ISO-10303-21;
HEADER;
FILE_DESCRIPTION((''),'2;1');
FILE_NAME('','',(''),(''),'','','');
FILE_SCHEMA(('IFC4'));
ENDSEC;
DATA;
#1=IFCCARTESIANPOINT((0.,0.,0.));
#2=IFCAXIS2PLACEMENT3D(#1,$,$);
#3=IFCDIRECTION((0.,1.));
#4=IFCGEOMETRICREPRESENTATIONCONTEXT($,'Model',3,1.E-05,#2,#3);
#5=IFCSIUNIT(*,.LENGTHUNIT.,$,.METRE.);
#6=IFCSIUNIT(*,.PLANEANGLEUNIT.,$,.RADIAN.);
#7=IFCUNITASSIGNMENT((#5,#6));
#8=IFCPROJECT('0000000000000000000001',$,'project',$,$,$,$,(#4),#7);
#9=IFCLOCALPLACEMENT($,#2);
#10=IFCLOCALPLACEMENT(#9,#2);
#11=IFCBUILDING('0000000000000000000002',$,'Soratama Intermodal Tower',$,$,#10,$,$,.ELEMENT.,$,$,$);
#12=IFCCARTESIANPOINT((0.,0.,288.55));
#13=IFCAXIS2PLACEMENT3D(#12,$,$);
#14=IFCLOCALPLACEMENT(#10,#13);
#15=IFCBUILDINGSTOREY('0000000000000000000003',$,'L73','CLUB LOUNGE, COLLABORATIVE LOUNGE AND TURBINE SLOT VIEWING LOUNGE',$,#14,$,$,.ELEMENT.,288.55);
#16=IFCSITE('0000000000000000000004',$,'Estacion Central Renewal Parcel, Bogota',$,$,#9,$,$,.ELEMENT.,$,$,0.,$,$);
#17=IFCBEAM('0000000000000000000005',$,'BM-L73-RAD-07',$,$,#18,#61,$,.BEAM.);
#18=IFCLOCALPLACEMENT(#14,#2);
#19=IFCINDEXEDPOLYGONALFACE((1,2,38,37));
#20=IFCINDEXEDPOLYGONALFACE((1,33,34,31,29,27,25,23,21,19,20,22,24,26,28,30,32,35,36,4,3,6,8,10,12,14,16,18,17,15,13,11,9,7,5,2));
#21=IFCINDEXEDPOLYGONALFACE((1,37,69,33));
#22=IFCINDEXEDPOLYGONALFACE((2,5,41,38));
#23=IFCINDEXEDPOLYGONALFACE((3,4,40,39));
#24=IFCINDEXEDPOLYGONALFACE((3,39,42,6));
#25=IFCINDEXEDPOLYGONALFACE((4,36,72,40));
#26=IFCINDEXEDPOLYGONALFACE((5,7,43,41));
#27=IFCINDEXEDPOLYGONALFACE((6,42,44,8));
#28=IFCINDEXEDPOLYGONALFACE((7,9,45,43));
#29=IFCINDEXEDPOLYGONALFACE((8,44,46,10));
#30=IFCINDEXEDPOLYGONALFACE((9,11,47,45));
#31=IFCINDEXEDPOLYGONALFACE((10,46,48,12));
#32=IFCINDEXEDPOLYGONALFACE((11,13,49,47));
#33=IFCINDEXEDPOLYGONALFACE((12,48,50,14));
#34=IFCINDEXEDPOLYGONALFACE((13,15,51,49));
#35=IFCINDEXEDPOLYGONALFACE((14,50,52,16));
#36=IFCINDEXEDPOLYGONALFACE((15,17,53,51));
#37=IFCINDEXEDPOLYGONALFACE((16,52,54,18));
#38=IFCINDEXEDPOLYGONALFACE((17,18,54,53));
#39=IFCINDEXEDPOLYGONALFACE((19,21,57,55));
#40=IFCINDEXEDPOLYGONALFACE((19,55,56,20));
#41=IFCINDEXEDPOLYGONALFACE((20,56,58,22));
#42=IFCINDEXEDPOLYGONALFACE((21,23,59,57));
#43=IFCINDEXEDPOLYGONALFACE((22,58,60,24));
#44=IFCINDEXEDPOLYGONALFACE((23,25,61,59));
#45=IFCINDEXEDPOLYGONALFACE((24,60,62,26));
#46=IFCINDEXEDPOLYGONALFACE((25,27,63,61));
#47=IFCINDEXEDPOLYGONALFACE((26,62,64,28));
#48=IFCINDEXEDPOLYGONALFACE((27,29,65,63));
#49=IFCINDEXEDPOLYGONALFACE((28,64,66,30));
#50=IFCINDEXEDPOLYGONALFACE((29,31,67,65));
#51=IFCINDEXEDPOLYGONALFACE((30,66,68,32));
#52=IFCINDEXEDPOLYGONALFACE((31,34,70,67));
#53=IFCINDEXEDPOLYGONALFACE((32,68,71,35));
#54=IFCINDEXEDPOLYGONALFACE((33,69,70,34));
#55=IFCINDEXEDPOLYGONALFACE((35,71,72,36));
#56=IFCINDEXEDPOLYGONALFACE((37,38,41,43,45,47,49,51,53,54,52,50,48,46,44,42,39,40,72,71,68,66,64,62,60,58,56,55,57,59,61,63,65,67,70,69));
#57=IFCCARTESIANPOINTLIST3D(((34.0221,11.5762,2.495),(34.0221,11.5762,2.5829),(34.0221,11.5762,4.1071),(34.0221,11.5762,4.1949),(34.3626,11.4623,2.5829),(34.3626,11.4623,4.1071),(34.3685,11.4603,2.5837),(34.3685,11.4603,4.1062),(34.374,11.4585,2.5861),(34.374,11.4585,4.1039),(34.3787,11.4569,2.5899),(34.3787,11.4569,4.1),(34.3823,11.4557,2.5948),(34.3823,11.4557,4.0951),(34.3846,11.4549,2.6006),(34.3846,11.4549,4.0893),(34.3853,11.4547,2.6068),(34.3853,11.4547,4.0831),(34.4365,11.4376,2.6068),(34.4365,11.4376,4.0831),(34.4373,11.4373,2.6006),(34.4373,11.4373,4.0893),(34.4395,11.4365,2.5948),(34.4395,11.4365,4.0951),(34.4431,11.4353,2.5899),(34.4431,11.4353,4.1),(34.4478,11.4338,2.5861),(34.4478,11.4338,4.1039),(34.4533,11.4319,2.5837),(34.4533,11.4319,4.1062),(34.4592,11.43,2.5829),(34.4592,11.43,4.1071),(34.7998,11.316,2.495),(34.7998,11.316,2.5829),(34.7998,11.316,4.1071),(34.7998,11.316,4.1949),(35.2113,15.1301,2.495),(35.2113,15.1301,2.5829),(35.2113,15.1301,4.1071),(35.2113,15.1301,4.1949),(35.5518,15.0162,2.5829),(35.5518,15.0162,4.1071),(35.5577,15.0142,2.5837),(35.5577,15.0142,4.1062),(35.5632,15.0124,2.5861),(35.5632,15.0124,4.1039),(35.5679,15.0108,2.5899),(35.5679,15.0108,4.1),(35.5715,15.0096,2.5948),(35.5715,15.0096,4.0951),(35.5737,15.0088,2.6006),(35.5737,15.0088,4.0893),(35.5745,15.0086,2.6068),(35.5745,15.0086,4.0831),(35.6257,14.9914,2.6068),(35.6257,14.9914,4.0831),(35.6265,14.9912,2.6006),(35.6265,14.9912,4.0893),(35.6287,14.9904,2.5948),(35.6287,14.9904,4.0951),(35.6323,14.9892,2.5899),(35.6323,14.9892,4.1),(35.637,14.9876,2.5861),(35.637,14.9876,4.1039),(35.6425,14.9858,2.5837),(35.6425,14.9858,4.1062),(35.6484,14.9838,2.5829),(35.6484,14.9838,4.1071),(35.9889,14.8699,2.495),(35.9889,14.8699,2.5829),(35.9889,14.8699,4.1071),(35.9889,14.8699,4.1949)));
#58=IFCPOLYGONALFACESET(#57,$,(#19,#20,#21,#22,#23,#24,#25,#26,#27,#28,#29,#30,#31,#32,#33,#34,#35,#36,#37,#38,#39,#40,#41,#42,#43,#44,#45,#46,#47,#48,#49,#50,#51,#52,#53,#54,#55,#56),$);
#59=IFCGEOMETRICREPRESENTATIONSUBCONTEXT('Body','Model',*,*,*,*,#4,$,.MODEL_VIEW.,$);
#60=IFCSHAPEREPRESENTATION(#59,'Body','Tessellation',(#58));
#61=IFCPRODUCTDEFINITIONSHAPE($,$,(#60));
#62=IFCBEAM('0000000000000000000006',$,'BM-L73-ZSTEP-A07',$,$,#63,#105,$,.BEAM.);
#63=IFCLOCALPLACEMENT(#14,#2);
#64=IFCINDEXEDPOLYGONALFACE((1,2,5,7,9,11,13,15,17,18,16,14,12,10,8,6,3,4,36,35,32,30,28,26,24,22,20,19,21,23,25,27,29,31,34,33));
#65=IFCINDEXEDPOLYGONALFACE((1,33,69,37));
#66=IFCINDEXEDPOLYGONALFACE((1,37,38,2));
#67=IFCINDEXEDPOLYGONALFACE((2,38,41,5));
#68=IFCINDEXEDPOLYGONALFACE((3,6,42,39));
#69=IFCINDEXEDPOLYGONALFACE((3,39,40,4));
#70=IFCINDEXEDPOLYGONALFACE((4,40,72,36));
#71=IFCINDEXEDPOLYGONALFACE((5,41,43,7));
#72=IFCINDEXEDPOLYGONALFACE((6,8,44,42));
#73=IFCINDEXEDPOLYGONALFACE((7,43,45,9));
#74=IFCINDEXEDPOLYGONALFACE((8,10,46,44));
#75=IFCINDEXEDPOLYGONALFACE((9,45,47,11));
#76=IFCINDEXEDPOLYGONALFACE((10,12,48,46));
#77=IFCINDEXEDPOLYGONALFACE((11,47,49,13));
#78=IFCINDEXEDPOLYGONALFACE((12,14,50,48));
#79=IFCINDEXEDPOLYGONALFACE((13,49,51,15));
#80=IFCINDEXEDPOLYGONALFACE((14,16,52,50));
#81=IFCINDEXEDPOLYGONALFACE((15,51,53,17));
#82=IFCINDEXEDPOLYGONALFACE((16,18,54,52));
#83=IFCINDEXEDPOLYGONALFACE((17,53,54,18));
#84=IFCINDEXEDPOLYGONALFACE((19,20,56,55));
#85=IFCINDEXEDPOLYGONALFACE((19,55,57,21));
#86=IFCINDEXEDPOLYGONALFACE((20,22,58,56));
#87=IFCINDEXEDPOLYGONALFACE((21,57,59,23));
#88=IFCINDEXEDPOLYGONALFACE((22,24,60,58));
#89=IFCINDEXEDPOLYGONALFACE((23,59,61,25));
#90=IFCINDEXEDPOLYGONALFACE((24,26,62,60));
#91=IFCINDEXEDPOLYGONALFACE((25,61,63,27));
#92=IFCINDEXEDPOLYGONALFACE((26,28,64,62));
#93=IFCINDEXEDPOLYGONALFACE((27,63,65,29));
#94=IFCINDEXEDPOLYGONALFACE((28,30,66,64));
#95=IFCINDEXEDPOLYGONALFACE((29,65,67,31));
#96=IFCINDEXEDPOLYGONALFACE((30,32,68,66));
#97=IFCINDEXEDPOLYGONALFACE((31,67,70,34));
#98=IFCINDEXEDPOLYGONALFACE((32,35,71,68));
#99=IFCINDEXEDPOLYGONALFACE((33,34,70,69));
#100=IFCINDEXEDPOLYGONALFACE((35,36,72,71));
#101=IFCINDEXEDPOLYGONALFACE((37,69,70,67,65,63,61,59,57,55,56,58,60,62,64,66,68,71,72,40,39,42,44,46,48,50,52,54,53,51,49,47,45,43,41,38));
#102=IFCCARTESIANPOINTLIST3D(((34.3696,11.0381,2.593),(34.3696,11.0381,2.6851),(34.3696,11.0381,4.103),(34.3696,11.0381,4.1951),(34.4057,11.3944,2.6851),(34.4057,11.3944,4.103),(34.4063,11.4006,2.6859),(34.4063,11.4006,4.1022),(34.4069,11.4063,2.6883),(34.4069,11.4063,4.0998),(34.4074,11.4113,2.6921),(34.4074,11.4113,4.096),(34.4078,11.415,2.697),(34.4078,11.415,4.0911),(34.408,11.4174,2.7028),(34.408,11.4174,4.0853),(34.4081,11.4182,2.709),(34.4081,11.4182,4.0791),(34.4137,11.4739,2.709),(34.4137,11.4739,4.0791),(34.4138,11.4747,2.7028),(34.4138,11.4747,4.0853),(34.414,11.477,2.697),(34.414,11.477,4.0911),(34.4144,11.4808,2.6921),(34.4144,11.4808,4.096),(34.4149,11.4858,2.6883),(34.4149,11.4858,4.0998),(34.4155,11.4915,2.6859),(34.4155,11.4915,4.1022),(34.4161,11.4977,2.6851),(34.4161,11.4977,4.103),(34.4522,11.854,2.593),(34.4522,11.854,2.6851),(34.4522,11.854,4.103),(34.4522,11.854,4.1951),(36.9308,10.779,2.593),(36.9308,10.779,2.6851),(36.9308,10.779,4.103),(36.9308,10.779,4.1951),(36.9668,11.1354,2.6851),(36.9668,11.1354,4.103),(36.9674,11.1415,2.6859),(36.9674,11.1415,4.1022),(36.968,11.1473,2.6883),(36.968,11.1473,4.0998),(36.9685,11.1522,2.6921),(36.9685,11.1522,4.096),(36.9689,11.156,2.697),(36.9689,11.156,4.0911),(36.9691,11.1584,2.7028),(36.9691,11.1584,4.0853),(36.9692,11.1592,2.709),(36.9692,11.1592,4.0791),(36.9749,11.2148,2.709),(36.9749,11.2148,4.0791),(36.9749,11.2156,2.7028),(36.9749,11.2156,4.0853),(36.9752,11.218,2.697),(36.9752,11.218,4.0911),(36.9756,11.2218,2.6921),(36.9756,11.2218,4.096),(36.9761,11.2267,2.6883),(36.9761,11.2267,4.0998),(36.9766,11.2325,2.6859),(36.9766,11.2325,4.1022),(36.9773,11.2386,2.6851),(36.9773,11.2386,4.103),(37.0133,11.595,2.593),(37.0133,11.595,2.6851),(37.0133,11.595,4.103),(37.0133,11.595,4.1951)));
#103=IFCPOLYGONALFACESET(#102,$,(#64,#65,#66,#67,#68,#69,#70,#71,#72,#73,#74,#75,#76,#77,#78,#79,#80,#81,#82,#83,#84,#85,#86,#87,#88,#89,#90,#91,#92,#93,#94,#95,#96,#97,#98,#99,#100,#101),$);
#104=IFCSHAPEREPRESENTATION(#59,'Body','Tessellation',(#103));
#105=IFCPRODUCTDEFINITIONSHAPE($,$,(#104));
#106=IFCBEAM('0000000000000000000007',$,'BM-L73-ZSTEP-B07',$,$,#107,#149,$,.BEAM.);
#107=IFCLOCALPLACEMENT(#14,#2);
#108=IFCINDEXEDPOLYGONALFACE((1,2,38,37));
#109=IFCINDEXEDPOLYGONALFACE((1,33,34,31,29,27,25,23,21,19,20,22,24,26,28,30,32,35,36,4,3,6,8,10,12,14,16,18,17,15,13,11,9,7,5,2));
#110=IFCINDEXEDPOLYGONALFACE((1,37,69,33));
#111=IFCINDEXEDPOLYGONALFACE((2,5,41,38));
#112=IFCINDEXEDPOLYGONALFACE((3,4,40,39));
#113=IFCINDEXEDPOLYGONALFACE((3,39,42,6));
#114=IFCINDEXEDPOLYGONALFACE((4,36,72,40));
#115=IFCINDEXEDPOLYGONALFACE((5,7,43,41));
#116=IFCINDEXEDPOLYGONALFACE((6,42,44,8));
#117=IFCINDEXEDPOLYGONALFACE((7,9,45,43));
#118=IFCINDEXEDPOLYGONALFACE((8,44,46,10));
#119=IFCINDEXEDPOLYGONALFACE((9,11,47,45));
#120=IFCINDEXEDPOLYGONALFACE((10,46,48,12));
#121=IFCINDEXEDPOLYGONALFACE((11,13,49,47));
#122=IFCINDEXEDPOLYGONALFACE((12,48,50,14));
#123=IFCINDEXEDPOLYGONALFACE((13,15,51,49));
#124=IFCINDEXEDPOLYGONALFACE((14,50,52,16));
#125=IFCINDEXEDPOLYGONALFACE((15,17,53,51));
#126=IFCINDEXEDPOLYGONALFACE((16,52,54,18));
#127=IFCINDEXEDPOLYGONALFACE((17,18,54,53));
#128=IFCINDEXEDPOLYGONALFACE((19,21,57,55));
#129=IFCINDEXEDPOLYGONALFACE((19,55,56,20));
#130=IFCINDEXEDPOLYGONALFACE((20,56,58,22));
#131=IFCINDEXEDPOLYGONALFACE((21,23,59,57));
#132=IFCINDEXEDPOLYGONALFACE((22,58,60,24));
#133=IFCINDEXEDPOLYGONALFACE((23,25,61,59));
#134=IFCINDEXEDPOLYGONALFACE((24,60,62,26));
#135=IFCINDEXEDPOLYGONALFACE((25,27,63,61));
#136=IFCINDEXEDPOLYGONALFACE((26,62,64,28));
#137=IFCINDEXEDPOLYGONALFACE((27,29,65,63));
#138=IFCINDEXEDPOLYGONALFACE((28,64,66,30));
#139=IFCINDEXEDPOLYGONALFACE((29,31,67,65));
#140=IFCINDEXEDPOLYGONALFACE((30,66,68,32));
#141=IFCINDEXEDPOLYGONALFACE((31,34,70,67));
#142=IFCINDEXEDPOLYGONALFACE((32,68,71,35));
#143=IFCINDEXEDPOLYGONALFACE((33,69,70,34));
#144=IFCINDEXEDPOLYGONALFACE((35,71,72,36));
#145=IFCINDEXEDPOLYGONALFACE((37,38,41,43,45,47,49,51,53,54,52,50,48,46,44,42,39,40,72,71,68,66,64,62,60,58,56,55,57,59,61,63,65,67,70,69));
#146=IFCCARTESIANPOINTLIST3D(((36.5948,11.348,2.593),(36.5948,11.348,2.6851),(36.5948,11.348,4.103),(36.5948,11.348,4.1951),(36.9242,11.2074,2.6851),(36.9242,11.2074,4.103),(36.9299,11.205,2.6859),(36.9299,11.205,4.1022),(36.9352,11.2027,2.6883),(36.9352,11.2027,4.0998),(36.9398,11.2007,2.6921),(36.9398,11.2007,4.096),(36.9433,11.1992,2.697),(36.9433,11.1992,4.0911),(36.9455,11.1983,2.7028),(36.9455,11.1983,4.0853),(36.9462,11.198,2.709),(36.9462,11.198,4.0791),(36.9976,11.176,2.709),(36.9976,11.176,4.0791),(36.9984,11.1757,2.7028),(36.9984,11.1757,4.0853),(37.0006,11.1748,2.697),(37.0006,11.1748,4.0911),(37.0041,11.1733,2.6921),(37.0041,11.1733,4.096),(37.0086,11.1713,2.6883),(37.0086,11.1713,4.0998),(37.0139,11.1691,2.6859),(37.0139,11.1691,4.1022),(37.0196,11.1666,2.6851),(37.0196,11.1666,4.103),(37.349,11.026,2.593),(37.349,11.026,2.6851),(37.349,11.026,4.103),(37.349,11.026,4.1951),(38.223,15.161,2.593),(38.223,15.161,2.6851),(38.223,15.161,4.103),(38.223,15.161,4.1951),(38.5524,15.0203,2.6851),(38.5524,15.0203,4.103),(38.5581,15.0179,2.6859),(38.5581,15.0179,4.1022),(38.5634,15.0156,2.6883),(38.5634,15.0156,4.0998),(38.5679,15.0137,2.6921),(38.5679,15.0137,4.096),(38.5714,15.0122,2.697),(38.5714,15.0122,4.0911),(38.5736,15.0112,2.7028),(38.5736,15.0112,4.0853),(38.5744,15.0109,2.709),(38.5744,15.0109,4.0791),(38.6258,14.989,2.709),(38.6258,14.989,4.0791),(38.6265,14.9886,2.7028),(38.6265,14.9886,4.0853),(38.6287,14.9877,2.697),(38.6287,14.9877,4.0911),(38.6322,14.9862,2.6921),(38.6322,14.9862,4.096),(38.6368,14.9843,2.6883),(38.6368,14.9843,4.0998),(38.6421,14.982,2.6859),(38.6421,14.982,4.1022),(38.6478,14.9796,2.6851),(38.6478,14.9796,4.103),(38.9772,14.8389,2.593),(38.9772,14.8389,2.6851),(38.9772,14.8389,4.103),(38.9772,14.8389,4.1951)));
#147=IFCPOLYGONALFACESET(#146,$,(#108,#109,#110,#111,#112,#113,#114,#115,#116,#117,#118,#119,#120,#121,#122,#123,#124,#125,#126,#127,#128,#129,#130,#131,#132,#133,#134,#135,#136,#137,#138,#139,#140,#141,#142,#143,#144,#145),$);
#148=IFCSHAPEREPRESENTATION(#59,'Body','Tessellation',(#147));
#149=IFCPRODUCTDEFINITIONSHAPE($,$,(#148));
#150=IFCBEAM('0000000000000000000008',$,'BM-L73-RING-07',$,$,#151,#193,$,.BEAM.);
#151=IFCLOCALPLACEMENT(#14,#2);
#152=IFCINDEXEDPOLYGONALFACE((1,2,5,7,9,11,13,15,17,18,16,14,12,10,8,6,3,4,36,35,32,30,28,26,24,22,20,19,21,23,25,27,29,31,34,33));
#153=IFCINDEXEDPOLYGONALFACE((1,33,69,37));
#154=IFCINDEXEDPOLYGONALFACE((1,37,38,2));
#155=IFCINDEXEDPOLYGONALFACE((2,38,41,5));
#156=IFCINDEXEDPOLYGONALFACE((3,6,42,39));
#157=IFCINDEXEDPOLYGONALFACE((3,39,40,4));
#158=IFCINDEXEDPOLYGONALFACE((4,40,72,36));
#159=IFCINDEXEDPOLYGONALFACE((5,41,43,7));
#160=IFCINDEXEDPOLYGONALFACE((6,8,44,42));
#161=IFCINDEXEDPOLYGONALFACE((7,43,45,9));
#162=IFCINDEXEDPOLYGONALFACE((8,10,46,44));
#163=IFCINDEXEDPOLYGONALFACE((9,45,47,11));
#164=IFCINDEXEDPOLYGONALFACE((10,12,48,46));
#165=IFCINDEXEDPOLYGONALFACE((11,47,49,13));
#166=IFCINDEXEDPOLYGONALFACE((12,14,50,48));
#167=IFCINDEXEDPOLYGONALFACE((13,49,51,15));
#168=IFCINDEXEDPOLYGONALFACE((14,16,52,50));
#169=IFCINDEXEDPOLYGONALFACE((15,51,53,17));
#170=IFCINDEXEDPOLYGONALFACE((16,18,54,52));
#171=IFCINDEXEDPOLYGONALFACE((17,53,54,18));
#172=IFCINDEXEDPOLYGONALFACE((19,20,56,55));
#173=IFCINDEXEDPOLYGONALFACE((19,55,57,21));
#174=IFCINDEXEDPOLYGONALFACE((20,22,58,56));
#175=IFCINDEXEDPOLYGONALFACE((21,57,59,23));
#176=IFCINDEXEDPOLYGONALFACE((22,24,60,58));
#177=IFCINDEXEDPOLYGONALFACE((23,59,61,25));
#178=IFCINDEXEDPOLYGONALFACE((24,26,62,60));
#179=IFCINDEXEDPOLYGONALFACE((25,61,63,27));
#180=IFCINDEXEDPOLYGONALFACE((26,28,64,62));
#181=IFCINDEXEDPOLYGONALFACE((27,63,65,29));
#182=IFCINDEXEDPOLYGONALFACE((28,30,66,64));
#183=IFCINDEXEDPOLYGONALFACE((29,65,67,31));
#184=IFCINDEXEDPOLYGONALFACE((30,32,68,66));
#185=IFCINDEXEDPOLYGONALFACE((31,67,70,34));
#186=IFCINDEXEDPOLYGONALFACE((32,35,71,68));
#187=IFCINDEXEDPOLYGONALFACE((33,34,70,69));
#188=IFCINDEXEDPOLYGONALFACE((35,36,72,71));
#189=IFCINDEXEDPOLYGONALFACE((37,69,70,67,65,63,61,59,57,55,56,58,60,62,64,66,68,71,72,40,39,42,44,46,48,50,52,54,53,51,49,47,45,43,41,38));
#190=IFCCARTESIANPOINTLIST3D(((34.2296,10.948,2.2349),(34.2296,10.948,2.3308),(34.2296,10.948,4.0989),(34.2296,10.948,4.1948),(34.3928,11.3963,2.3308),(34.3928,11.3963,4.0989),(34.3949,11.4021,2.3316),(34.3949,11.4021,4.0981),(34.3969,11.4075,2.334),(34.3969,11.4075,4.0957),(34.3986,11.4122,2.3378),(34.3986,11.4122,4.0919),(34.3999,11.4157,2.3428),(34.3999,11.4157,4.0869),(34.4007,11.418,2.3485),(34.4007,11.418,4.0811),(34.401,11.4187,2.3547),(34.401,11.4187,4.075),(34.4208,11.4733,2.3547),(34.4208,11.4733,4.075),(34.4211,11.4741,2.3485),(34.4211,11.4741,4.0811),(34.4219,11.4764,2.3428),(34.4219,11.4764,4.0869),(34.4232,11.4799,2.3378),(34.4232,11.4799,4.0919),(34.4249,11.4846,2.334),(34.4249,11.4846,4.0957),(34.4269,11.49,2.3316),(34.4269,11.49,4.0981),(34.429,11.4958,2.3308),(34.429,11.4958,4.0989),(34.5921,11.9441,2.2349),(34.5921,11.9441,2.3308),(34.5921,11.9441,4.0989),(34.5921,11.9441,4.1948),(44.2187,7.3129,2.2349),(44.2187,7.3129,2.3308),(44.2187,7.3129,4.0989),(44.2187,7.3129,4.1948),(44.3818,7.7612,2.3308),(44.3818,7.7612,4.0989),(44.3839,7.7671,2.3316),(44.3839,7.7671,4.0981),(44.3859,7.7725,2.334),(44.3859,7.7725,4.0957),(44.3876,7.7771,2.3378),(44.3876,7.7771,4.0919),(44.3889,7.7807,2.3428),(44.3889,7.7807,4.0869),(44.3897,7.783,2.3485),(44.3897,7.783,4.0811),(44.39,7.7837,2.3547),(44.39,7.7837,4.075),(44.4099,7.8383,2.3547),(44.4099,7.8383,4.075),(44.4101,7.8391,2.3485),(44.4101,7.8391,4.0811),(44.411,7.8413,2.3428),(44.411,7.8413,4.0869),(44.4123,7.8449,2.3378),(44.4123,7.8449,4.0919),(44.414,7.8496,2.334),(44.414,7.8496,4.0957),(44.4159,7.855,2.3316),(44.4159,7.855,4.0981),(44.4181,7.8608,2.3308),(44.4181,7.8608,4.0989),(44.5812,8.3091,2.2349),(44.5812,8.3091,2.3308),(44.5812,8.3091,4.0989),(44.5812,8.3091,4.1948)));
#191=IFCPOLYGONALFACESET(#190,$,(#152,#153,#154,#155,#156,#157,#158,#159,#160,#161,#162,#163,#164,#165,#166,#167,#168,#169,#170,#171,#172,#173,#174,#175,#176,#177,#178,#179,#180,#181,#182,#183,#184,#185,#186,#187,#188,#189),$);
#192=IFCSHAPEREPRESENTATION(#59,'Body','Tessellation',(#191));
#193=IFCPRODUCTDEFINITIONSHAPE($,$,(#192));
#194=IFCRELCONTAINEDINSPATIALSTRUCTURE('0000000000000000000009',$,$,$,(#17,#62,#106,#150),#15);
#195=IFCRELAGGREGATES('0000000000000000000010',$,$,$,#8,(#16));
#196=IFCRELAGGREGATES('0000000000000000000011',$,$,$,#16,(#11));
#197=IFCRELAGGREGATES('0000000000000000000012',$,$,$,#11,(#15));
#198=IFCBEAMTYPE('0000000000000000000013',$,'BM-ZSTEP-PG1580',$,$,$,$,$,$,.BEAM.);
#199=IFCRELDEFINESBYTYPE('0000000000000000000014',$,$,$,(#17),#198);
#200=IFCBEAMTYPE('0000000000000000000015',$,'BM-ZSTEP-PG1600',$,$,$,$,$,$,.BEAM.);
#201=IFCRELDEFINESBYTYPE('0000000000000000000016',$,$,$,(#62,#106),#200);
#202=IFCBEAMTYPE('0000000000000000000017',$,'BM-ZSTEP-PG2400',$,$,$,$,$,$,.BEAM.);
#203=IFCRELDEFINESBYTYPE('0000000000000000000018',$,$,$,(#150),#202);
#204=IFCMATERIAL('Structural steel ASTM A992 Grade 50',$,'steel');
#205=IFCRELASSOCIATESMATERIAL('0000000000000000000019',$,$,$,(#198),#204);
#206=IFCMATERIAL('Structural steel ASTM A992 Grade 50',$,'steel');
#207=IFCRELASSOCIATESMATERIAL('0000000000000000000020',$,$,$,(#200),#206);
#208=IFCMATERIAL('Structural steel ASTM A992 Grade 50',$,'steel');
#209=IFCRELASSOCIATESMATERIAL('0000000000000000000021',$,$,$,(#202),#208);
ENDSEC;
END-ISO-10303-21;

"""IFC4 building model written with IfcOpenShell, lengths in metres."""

from ifc_helpers import new_model, si_unit, direction, frame, origin, origin_2d, place, context, subcontext, project, spatial, i_section, extrude, material, material_profile, profile_set, type_object, element, save


model = new_model("IFC4")

# Units and contexts
model_context = context("Model", 3, precision=1e-05, world=origin(), true_north=direction((0.0, 1.0)))
body_context = subcontext(model_context, "Body", "Model", "MODEL_VIEW")
ifc_project = project(units=[si_unit("LENGTHUNIT", "METRE"), si_unit("PLANEANGLEUNIT", "RADIAN")], contexts=[model_context])

# Site, building, storey
site_placement = place(None, origin())
site = spatial("IfcSite", under=ifc_project, at=site_placement, Name="Estacion Central Renewal Parcel, Bogota", CompositionType="ELEMENT", RefElevation=0.0)
building_placement = place(site_placement, origin())
building = spatial("IfcBuilding", under=site, at=building_placement, Name="Soratama Intermodal Tower", CompositionType="ELEMENT")
storey_placement = place(building_placement, frame((0.0, 0.0, 288.55)))
storey = spatial("IfcBuildingStorey", under=building, at=storey_placement, Name="L73", Description="CLUB LOUNGE, COLLABORATIVE LOUNGE AND TURBINE SLOT VIEWING LOUNGE", CompositionType="ELEMENT", Elevation=288.55)

# Beams
ifc_material_1 = material(Name="Structural steel ASTM A992 Grade 50", Category="steel")
ifc_material_profile_1 = material_profile(ifc_material_1, i_section(OverallWidth=0.8201, OverallDepth=1.7, WebThickness=0.054, FlangeThickness=0.0879, FilletRadius=0.0239, at=origin_2d()), Name="PG1580X800")
ifc_profile_set_1 = profile_set([ifc_material_profile_1], Name="Structural steel ASTM A992 Grade 50")
beam_type_1 = type_object("IfcBeamType", Name="BM-ZSTEP-PG1580", PredefinedType="BEAM", material=ifc_profile_set_1)
beam_1_placement = place(storey_placement, frame((35.6001, 15.0, 3.345), z_axis=(-0.317322, -0.948318, 0.0), x_axis=(0.948318, -0.317322, 0.0)))
element("IfcBeam", 1, at=beam_1_placement, inside=storey, type_object=beam_type_1, Name="BM-L73-RAD-07", PredefinedType="BEAM", context=body_context, shape_type="SweptSolid", body=[
    extrude(i_section(OverallWidth=0.8201, OverallDepth=1.7, WebThickness=0.054, FlangeThickness=0.0879, FilletRadius=0.0239, at=origin_2d()), origin(), (0.0, 0.0, 1.0), 3.7476),
])
ifc_material_2 = material(Name="Structural steel ASTM A992 Grade 50", Category="steel")
ifc_material_profile_2 = material_profile(ifc_material_2, i_section(OverallWidth=0.8201, OverallDepth=1.6021, WebThickness=0.0559, FlangeThickness=0.092, FilletRadius=0.0239, at=origin_2d()), Name="PG1600X650")
ifc_profile_set_2 = profile_set([ifc_material_profile_2], Name="Structural steel ASTM A992 Grade 50")
beam_type_2 = type_object("IfcBeamType", Name="BM-ZSTEP-PG1600", PredefinedType="BEAM", material=ifc_profile_set_2)
beam_2_placement = place(storey_placement, frame((34.4109, 11.446, 3.394), z_axis=(0.994924, -0.100631, 0.0), x_axis=(0.100631, 0.994924, 0.0)))
element("IfcBeam", 2, at=beam_2_placement, inside=storey, type_object=beam_type_2, Name="BM-L73-ZSTEP-A07", PredefinedType="BEAM", context=body_context, shape_type="SweptSolid", body=[
    extrude(i_section(OverallWidth=0.8201, OverallDepth=1.6021, WebThickness=0.0559, FlangeThickness=0.092, FilletRadius=0.0239, at=origin_2d()), origin(), (0.0, 0.0, 1.0), 2.5742),
])
beam_3_placement = place(storey_placement, frame((36.9719, 11.187, 3.394), z_axis=(0.392704, 0.919665, 0.0), x_axis=(-0.919665, 0.392704, 0.0)))
element("IfcBeam", 3, at=beam_3_placement, inside=storey, type_object=beam_type_2, Name="BM-L73-ZSTEP-B07", PredefinedType="BEAM", context=body_context, shape_type="SweptSolid", body=[
    extrude(i_section(OverallWidth=0.8201, OverallDepth=1.6021, WebThickness=0.0559, FlangeThickness=0.092, FilletRadius=0.0239, at=origin_2d()), origin(), (0.0, 0.0, 1.0), 4.146),
])
ifc_material_3 = material(Name="Structural steel ASTM A992 Grade 50", Category="steel")
ifc_material_profile_3 = material_profile(ifc_material_3, i_section(OverallWidth=1.0601, OverallDepth=1.96, WebThickness=0.0581, FlangeThickness=0.0959, FilletRadius=0.0239, at=origin_2d()), Name="PG2400X900")
ifc_profile_set_3 = profile_set([ifc_material_profile_3], Name="Structural steel ASTM A992 Grade 50")
beam_type_3 = type_object("IfcBeamType", Name="BM-ZSTEP-PG2400", PredefinedType="BEAM", material=ifc_profile_set_3)
beam_4_placement = place(storey_placement, frame((34.4109, 11.446, 3.2148), z_axis=(0.939714, -0.341963, 0.0), x_axis=(0.341963, 0.939714, 0.0)))
element("IfcBeam", 4, at=beam_4_placement, inside=storey, type_object=beam_type_3, Name="BM-L73-RING-07", PredefinedType="BEAM", context=body_context, shape_type="SweptSolid", body=[
    extrude(i_section(OverallWidth=1.0601, OverallDepth=1.96, WebThickness=0.0581, FlangeThickness=0.0959, FilletRadius=0.0239, at=origin_2d()), origin(), (0.0, 0.0, 1.0), 10.6299),
])

save(model, "model.ifc")
